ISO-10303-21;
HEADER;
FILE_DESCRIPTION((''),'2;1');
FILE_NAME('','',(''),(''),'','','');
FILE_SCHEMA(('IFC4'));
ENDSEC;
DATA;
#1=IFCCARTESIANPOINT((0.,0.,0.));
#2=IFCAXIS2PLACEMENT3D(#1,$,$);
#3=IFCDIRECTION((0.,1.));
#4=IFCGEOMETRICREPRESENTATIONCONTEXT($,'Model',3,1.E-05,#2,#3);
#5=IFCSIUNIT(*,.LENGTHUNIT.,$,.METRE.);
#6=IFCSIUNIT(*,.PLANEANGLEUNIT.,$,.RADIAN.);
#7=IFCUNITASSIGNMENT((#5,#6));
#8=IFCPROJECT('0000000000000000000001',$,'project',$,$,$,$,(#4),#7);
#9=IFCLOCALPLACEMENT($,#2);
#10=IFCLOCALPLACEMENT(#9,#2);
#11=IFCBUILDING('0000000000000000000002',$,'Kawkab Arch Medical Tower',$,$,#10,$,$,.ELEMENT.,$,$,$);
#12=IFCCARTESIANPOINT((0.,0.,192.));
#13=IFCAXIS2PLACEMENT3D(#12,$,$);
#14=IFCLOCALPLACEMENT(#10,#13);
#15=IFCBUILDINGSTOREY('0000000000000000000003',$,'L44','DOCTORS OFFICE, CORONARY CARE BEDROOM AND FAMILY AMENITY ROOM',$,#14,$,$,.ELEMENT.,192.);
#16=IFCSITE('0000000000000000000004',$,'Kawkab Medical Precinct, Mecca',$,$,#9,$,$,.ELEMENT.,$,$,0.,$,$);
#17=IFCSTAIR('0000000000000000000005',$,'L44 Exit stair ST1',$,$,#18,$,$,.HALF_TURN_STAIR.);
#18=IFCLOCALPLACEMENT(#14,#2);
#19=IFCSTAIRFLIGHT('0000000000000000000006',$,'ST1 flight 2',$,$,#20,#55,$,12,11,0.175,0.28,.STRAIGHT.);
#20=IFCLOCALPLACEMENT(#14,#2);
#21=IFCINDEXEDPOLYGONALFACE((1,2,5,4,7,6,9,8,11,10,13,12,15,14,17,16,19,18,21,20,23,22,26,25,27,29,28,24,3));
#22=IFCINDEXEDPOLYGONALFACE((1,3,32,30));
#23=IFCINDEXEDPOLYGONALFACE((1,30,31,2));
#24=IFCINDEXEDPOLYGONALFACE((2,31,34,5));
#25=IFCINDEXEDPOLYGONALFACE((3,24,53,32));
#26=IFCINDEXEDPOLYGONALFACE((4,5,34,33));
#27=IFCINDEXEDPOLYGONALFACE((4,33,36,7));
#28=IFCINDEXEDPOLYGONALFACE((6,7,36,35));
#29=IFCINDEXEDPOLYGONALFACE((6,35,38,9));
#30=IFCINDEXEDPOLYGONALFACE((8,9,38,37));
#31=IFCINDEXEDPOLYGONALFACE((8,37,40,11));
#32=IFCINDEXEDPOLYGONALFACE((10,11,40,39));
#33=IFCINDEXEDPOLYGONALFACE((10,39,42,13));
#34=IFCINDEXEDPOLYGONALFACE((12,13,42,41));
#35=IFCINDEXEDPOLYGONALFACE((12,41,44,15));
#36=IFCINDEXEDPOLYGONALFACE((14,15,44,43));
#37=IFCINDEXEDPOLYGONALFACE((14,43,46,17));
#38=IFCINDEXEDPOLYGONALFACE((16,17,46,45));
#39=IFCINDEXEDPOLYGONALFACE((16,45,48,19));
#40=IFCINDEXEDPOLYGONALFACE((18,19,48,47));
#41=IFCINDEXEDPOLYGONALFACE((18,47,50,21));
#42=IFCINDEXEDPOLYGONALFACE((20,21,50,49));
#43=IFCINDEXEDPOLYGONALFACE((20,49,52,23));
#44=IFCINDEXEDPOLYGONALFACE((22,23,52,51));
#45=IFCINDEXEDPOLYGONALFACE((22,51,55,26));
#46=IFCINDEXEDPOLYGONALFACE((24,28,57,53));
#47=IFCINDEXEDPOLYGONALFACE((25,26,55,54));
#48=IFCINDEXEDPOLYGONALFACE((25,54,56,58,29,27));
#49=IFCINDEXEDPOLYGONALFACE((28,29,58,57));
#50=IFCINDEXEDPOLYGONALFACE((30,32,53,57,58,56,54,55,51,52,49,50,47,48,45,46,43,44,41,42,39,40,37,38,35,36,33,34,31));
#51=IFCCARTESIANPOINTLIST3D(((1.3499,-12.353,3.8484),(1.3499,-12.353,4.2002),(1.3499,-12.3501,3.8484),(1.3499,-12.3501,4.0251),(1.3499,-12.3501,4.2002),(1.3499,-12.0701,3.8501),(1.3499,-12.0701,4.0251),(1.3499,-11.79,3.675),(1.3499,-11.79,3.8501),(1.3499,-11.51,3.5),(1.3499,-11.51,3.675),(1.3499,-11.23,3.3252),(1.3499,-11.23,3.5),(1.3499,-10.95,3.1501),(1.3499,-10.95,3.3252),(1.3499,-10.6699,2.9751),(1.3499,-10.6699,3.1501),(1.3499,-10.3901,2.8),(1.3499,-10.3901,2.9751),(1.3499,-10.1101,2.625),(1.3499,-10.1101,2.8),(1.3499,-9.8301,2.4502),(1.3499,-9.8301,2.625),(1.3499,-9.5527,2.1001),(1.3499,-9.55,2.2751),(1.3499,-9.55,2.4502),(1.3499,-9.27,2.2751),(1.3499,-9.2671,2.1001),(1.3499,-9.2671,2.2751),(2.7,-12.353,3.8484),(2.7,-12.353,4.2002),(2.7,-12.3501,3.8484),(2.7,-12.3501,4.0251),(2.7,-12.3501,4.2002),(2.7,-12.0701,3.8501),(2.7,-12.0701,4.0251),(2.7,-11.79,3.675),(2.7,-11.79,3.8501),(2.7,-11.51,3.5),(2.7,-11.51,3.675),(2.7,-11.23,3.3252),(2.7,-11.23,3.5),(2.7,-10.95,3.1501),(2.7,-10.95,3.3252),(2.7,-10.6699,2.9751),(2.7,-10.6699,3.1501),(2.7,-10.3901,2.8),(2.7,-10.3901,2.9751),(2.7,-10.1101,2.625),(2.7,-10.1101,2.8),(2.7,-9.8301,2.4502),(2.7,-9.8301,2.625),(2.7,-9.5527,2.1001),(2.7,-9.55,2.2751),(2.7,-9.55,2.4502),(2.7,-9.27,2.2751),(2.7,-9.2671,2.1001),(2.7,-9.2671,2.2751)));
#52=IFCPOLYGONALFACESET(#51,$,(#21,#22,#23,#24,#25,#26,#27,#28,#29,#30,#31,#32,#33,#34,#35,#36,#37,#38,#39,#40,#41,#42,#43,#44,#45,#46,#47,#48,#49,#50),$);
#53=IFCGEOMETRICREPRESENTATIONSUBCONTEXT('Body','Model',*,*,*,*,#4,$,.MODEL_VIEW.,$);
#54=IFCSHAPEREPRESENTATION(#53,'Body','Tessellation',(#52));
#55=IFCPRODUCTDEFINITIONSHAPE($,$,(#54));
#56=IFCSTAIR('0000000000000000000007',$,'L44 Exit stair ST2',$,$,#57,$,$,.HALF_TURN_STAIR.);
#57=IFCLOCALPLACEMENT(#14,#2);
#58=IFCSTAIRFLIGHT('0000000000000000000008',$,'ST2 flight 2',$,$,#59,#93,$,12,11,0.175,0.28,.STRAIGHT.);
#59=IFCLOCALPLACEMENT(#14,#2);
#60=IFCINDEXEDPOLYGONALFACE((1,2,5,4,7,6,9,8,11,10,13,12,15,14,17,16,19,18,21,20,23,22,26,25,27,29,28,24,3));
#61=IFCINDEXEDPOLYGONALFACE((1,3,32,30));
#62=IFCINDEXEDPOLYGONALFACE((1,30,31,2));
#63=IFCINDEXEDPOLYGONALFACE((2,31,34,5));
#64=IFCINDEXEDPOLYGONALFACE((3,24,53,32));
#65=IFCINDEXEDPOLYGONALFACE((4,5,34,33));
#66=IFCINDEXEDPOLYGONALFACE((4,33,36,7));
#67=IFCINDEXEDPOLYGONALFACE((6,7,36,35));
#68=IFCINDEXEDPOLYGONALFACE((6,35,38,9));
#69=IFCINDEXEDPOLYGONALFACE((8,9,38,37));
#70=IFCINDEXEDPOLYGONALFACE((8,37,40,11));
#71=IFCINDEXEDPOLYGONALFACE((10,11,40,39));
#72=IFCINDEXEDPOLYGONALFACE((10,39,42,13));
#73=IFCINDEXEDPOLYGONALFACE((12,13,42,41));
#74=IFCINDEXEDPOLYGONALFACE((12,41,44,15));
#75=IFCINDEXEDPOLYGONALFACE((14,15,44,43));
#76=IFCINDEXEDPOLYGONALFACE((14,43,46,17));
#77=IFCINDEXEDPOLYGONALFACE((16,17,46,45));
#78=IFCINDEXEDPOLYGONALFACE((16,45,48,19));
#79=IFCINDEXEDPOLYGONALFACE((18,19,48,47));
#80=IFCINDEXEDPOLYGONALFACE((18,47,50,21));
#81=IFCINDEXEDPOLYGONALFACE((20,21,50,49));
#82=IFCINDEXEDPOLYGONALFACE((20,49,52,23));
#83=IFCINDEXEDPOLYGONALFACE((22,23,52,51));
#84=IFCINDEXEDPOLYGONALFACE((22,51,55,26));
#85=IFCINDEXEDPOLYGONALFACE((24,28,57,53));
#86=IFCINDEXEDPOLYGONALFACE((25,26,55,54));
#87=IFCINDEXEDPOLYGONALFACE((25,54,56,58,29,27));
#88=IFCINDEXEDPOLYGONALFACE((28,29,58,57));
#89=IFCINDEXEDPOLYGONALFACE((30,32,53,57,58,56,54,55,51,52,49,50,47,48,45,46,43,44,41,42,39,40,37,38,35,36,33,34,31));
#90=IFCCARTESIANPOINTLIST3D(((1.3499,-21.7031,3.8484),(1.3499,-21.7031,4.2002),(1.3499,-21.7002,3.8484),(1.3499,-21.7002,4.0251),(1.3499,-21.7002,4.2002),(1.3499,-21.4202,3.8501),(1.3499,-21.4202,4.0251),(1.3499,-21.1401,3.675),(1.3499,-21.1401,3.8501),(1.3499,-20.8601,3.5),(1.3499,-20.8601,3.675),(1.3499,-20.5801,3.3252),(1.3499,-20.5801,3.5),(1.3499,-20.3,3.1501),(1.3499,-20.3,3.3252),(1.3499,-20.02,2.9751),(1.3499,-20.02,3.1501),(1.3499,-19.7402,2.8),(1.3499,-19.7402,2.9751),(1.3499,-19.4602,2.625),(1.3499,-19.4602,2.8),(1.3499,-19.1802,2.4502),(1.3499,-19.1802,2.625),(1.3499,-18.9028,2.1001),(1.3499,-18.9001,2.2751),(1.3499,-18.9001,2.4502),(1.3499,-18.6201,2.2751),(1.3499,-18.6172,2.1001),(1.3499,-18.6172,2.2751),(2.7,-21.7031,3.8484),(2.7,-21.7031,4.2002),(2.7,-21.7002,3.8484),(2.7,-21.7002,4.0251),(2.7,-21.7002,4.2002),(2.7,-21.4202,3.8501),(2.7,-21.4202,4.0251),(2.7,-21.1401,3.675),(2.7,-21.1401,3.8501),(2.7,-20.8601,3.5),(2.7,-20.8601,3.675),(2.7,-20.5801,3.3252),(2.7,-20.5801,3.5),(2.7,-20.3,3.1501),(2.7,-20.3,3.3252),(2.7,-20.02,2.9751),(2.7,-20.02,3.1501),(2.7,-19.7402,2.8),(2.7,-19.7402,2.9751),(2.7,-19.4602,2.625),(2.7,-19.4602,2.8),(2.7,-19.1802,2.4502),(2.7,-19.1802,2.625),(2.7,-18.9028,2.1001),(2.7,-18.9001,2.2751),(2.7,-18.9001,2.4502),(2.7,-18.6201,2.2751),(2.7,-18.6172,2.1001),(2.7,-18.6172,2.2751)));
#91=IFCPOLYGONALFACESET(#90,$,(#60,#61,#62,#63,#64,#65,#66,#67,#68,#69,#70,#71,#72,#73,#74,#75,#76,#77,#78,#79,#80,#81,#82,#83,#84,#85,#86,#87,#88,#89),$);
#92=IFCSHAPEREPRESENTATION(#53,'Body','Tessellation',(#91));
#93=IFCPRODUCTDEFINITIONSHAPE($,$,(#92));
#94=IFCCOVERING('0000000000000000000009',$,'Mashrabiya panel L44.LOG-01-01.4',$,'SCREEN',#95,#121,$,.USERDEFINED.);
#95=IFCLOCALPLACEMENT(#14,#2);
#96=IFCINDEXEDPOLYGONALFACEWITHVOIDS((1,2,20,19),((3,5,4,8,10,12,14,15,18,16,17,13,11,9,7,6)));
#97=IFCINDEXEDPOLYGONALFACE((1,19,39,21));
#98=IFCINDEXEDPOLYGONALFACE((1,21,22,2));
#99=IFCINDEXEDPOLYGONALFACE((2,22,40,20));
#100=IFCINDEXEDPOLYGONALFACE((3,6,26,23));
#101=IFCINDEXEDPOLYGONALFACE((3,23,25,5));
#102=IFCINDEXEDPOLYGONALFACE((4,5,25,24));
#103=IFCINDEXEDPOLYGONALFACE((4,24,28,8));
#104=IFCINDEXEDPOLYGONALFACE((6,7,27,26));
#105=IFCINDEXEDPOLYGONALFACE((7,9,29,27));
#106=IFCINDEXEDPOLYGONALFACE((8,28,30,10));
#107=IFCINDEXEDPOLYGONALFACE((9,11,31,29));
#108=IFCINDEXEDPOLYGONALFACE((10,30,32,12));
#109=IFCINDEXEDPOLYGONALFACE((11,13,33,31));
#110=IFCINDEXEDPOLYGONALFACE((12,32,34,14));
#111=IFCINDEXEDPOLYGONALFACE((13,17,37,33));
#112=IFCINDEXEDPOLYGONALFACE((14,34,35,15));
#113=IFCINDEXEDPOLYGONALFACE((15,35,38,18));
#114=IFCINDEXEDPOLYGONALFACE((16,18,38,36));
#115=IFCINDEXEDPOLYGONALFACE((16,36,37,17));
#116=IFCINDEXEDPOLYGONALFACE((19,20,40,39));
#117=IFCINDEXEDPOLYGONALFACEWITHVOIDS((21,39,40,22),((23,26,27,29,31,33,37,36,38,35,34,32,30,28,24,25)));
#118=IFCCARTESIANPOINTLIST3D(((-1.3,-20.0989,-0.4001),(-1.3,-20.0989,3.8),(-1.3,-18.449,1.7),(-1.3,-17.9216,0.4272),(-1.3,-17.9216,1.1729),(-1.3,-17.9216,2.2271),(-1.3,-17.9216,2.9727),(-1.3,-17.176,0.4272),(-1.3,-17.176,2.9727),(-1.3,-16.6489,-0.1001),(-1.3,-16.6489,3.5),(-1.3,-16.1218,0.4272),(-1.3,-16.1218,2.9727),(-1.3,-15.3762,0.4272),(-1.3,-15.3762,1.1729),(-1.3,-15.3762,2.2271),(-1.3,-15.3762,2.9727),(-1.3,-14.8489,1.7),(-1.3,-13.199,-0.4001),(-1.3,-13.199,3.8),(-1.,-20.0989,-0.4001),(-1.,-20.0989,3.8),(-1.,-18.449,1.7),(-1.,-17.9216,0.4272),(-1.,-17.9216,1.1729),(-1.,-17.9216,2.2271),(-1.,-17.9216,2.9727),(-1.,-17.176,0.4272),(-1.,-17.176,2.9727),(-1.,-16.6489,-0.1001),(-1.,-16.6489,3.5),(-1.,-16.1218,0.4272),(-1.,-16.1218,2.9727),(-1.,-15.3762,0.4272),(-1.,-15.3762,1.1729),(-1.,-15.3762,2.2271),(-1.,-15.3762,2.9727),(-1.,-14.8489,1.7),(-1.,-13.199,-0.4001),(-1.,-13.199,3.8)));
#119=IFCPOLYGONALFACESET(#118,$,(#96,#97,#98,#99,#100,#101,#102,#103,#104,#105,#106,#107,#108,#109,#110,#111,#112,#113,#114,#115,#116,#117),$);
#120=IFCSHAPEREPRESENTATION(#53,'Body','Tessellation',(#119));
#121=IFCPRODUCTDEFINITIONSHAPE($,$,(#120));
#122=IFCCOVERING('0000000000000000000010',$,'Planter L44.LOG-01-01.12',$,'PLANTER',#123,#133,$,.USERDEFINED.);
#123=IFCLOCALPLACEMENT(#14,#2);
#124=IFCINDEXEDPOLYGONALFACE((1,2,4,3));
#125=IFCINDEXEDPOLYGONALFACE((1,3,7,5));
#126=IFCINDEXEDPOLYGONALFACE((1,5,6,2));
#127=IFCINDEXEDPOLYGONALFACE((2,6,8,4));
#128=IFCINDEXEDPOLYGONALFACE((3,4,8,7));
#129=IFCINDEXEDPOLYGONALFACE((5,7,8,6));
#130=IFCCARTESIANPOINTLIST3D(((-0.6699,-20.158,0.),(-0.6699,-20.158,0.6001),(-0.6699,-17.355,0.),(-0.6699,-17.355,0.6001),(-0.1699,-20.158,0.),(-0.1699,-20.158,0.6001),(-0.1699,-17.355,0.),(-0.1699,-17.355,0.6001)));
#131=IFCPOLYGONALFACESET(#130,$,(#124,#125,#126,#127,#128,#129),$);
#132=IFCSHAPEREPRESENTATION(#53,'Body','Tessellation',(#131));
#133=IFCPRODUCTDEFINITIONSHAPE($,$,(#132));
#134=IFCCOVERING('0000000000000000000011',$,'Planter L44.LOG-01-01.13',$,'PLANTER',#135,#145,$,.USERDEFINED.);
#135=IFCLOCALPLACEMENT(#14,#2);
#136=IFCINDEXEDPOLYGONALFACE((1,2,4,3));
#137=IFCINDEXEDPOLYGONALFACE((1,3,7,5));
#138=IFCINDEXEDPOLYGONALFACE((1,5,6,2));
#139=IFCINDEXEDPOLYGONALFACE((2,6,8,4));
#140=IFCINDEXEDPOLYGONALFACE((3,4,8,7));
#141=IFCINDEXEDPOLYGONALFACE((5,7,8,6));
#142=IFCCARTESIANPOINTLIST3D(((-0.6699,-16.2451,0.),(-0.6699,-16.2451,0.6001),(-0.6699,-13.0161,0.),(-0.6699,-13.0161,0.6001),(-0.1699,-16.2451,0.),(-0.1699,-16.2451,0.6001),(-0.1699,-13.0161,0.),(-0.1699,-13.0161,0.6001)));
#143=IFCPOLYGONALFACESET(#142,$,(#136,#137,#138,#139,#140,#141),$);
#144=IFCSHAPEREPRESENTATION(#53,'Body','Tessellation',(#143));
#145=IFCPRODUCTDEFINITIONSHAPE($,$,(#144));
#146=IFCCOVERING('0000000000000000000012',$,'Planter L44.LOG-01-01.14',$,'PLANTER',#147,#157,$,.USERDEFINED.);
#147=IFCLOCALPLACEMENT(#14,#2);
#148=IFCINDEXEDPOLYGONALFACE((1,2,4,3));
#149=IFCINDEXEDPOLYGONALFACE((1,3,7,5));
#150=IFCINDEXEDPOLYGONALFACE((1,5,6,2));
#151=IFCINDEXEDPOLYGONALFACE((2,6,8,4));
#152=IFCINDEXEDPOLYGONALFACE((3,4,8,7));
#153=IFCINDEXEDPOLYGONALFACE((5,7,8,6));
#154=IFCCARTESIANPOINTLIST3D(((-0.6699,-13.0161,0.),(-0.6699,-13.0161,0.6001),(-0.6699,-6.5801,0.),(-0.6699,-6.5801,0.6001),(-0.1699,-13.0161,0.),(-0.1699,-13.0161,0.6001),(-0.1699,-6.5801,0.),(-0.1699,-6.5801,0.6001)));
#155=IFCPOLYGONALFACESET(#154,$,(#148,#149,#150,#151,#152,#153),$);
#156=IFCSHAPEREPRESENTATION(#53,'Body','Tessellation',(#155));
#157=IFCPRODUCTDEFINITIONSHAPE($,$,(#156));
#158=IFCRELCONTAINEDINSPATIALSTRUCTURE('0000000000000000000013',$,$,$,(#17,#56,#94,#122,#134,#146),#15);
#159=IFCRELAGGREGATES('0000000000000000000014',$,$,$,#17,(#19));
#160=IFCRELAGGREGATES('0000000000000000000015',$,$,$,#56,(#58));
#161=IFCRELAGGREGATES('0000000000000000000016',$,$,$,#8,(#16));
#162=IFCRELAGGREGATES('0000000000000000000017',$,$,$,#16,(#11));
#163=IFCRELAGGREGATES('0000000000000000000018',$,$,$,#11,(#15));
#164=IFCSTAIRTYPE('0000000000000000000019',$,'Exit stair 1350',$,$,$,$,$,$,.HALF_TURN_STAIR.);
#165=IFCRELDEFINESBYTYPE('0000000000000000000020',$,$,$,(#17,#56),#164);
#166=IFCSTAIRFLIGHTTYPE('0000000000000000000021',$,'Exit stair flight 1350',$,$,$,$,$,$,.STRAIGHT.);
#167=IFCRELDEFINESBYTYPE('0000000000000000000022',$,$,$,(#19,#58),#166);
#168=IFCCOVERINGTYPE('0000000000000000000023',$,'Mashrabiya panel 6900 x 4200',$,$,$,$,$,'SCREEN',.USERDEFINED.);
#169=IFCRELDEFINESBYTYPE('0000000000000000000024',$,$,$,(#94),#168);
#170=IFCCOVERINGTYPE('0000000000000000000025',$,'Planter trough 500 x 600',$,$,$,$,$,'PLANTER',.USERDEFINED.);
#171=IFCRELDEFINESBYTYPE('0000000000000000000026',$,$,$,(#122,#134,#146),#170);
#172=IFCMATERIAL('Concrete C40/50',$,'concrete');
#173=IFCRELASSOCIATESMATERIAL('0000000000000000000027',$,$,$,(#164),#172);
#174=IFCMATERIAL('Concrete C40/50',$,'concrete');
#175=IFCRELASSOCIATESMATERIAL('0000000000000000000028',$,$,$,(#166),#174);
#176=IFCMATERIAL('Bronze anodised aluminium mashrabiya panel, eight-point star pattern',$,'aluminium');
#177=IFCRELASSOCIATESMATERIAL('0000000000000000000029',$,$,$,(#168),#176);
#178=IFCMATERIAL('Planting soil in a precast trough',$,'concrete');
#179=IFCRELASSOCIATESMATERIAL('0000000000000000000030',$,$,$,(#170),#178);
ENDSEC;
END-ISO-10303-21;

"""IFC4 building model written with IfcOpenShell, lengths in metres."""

from ifc_helpers import new_model, si_unit, direction, frame, origin, origin_2d, place, context, subcontext, project, spatial, polyline, rectangle, outline, extrude, material, material_profile, profile_set, type_object, element, aggregate, save


model = new_model("IFC4")

# Units and contexts
model_context = context("Model", 3, precision=1e-05, world=origin(), true_north=direction((0.0, 1.0)))
body_context = subcontext(model_context, "Body", "Model", "MODEL_VIEW")
ifc_project = project(units=[si_unit("LENGTHUNIT", "METRE"), si_unit("PLANEANGLEUNIT", "RADIAN")], contexts=[model_context])

# Site, building, storey
site_placement = place(None, origin())
site = spatial("IfcSite", under=ifc_project, at=site_placement, Name="Kawkab Medical Precinct, Mecca", CompositionType="ELEMENT", RefElevation=0.0)
building_placement = place(site_placement, origin())
building = spatial("IfcBuilding", under=site, at=building_placement, Name="Kawkab Arch Medical Tower", CompositionType="ELEMENT")
storey_placement = place(building_placement, frame((0.0, 0.0, 192.0)))
storey = spatial("IfcBuildingStorey", under=building, at=storey_placement, Name="L44", Description="DOCTORS OFFICE, CORONARY CARE BEDROOM AND FAMILY AMENITY ROOM", CompositionType="ELEMENT", Elevation=192.0)

# Shared definitions
placement = place(storey_placement, origin())

# Stairs, stair flights
ifc_material_1 = material(Name="Concrete C40/50", Category="concrete")
stair_type = type_object("IfcStairType", Name="Exit stair 1350", PredefinedType="HALF_TURN_STAIR", material=ifc_material_1)
stair_1 = element("IfcStair", 1, at=placement, inside=storey, type_object=stair_type, Name="L44 Exit stair ST1", PredefinedType="HALF_TURN_STAIR")
ifc_material_2 = material(Name="Concrete C40/50", Category="concrete")
stair_flight_type = type_object("IfcStairFlightType", Name="Exit stair flight 1350", PredefinedType="STRAIGHT", material=ifc_material_2)
stair_flight_1_placement = place(storey_placement, frame((2.0249, -9.27, 2.1001), z_axis=(0.0, 0.0, 1.0), x_axis=(0.0, -1.0, 0.0)))
stair_flight_1 = element("IfcStairFlight", 2, at=stair_flight_1_placement, type_object=stair_flight_type, Name="ST1 flight 2", NumberOfRisers=12, NumberOfTreads=11, PredefinedType="STRAIGHT", RiserHeight=0.175, TreadLength=0.28, context=body_context, shape_type="SweptSolid", body=[
    extrude(outline(polyline([(-0.0029, 0.0), (-0.0029, 0.175), (0.0, 0.175), (0.28, 0.175), (0.28, 0.3501), (0.5601, 0.3501), (0.5601, 0.5249), (0.8401, 0.5249), (0.8401, 0.7), (1.1201, 0.7), (1.1201, 0.875), (1.3999, 0.875), (1.3999, 1.05), (1.6799, 1.05), (1.6799, 1.2251), (1.96, 1.2251), (1.96, 1.3999), (2.24, 1.3999), (2.24, 1.575), (2.52, 1.575), (2.52, 1.75), (2.8, 1.75), (2.8, 1.925), (3.0801, 1.925), (3.0801, 2.1001), (3.083, 2.1001), (3.083, 1.7483), (3.0801, 1.7483), (0.2827, 0.0), (-0.0029, 0.0)])), frame((0.0, 0.675, 0.0), z_axis=(0.0, -1.0, 0.0), x_axis=(1.0, 0.0, 0.0)), (0.0, 0.0, 1.0), 1.3501),
])
aggregate(stair_1, [stair_flight_1])
stair_2 = element("IfcStair", 3, at=placement, inside=storey, type_object=stair_type, Name="L44 Exit stair ST2", PredefinedType="HALF_TURN_STAIR")
stair_flight_2_placement = place(storey_placement, frame((2.0249, -18.6201, 2.1001), z_axis=(0.0, 0.0, 1.0), x_axis=(0.0, -1.0, 0.0)))
stair_flight_2 = element("IfcStairFlight", 4, at=stair_flight_2_placement, type_object=stair_flight_type, Name="ST2 flight 2", NumberOfRisers=12, NumberOfTreads=11, PredefinedType="STRAIGHT", RiserHeight=0.175, TreadLength=0.28, context=body_context, shape_type="SweptSolid", body=[
    extrude(outline(polyline([(-0.0029, 0.0), (-0.0029, 0.175), (0.0, 0.175), (0.28, 0.175), (0.28, 0.3501), (0.5601, 0.3501), (0.5601, 0.5249), (0.8401, 0.5249), (0.8401, 0.7), (1.1201, 0.7), (1.1201, 0.875), (1.3999, 0.875), (1.3999, 1.05), (1.6799, 1.05), (1.6799, 1.2251), (1.96, 1.2251), (1.96, 1.3999), (2.24, 1.3999), (2.24, 1.575), (2.52, 1.575), (2.52, 1.75), (2.8, 1.75), (2.8, 1.925), (3.0801, 1.925), (3.0801, 2.1001), (3.083, 2.1001), (3.083, 1.7483), (3.0801, 1.7483), (0.2827, 0.0), (-0.0029, 0.0)])), frame((0.0, 0.675, 0.0), z_axis=(0.0, -1.0, 0.0), x_axis=(1.0, 0.0, 0.0)), (0.0, 0.0, 1.0), 1.3501),
])
aggregate(stair_2, [stair_flight_2])

# Coverings
ifc_material_3 = material(Name="Bronze anodised aluminium mashrabiya panel, eight-point star pattern", Category="aluminium")
ifc_material_profile_1 = material_profile(ifc_material_3, outline(polyline([(-3.45, -2.1001), (3.45, -2.1001), (3.45, 2.1001), (-3.45, 2.1001), (-3.45, -2.1001)]), holes=[polyline([(1.8, 0.0), (1.2727, 0.5271), (1.2727, 1.2727), (0.5271, 1.2727), (0.0, 1.8), (-0.5271, 1.2727), (-1.2727, 1.2727), (-1.2727, 0.5271), (-1.8, 0.0), (-1.2727, -0.5271), (-1.2727, -1.2727), (-0.5271, -1.2727), (0.0, -1.8), (0.5271, -1.2727), (1.2727, -1.2727), (1.2727, -0.5271), (1.8, 0.0)])]), Name="Mashrabiya panel 6900x4200")
ifc_profile_set_1 = profile_set([ifc_material_profile_1], Name="Bronze anodised aluminium mashrabiya panel, eight-point star pattern")
covering_type_1 = type_object("IfcCoveringType", Name="Mashrabiya panel 6900 x 4200", ElementType="SCREEN", PredefinedType="USERDEFINED", material=ifc_profile_set_1)
covering_1_placement = place(storey_placement, frame((-1.0, -16.6489, 1.7), z_axis=(-1.0, 0.0, 0.0), x_axis=(0.0, -1.0, 0.0)))
element("IfcCovering", 5, at=covering_1_placement, inside=storey, type_object=covering_type_1, Name="Mashrabiya panel L44.LOG-01-01.4", ObjectType="SCREEN", PredefinedType="USERDEFINED", context=body_context, shape_type="SweptSolid", body=[
    extrude(outline(polyline([(-3.45, -2.1001), (3.45, -2.1001), (3.45, 2.1001), (-3.45, 2.1001), (-3.45, -2.1001)]), holes=[polyline([(1.8, 0.0), (1.2727, 0.5271), (1.2727, 1.2727), (0.5271, 1.2727), (0.0, 1.8), (-0.5271, 1.2727), (-1.2727, 1.2727), (-1.2727, 0.5271), (-1.8, 0.0), (-1.2727, -0.5271), (-1.2727, -1.2727), (-0.5271, -1.2727), (0.0, -1.8), (0.5271, -1.2727), (1.2727, -1.2727), (1.2727, -0.5271), (1.8, 0.0)])]), origin(), (0.0, 0.0, 1.0), 0.3),
])
ifc_material_4 = material(Name="Planting soil in a precast trough", Category="concrete")
ifc_material_profile_2 = material_profile(ifc_material_4, rectangle(XDim=0.5, YDim=0.6001, at=origin_2d()), Name="Trough 500x600")
ifc_profile_set_2 = profile_set([ifc_material_profile_2], Name="Planting soil in a precast trough")
covering_type_2 = type_object("IfcCoveringType", Name="Planter trough 500 x 600", ElementType="PLANTER", PredefinedType="USERDEFINED", material=ifc_profile_set_2)
covering_2_placement = place(storey_placement, frame((-0.4199, -20.158, 0.3), z_axis=(0.0, 1.0, 0.0), x_axis=(-1.0, 0.0, 0.0)))
element("IfcCovering", 6, at=covering_2_placement, inside=storey, type_object=covering_type_2, Name="Planter L44.LOG-01-01.12", ObjectType="PLANTER", PredefinedType="USERDEFINED", context=body_context, shape_type="SweptSolid", body=[
    extrude(rectangle(XDim=0.5, YDim=0.6001, at=origin_2d()), origin(), (0.0, 0.0, 1.0), 2.803),
])
covering_3_placement = place(storey_placement, frame((-0.4199, -16.2451, 0.3), z_axis=(0.0, 1.0, 0.0), x_axis=(-1.0, 0.0, 0.0)))
element("IfcCovering", 7, at=covering_3_placement, inside=storey, type_object=covering_type_2, Name="Planter L44.LOG-01-01.13", ObjectType="PLANTER", PredefinedType="USERDEFINED", context=body_context, shape_type="SweptSolid", body=[
    extrude(rectangle(XDim=0.5, YDim=0.6001, at=origin_2d()), origin(), (0.0, 0.0, 1.0), 3.229),
])
covering_4_placement = place(storey_placement, frame((-0.4199, -13.0161, 0.3), z_axis=(0.0, 1.0, 0.0), x_axis=(-1.0, 0.0, 0.0)))
element("IfcCovering", 8, at=covering_4_placement, inside=storey, type_object=covering_type_2, Name="Planter L44.LOG-01-01.14", ObjectType="PLANTER", PredefinedType="USERDEFINED", context=body_context, shape_type="SweptSolid", body=[
    extrude(rectangle(XDim=0.5, YDim=0.6001, at=origin_2d()), origin(), (0.0, 0.0, 1.0), 6.436),
])

save(model, "model.ifc")
